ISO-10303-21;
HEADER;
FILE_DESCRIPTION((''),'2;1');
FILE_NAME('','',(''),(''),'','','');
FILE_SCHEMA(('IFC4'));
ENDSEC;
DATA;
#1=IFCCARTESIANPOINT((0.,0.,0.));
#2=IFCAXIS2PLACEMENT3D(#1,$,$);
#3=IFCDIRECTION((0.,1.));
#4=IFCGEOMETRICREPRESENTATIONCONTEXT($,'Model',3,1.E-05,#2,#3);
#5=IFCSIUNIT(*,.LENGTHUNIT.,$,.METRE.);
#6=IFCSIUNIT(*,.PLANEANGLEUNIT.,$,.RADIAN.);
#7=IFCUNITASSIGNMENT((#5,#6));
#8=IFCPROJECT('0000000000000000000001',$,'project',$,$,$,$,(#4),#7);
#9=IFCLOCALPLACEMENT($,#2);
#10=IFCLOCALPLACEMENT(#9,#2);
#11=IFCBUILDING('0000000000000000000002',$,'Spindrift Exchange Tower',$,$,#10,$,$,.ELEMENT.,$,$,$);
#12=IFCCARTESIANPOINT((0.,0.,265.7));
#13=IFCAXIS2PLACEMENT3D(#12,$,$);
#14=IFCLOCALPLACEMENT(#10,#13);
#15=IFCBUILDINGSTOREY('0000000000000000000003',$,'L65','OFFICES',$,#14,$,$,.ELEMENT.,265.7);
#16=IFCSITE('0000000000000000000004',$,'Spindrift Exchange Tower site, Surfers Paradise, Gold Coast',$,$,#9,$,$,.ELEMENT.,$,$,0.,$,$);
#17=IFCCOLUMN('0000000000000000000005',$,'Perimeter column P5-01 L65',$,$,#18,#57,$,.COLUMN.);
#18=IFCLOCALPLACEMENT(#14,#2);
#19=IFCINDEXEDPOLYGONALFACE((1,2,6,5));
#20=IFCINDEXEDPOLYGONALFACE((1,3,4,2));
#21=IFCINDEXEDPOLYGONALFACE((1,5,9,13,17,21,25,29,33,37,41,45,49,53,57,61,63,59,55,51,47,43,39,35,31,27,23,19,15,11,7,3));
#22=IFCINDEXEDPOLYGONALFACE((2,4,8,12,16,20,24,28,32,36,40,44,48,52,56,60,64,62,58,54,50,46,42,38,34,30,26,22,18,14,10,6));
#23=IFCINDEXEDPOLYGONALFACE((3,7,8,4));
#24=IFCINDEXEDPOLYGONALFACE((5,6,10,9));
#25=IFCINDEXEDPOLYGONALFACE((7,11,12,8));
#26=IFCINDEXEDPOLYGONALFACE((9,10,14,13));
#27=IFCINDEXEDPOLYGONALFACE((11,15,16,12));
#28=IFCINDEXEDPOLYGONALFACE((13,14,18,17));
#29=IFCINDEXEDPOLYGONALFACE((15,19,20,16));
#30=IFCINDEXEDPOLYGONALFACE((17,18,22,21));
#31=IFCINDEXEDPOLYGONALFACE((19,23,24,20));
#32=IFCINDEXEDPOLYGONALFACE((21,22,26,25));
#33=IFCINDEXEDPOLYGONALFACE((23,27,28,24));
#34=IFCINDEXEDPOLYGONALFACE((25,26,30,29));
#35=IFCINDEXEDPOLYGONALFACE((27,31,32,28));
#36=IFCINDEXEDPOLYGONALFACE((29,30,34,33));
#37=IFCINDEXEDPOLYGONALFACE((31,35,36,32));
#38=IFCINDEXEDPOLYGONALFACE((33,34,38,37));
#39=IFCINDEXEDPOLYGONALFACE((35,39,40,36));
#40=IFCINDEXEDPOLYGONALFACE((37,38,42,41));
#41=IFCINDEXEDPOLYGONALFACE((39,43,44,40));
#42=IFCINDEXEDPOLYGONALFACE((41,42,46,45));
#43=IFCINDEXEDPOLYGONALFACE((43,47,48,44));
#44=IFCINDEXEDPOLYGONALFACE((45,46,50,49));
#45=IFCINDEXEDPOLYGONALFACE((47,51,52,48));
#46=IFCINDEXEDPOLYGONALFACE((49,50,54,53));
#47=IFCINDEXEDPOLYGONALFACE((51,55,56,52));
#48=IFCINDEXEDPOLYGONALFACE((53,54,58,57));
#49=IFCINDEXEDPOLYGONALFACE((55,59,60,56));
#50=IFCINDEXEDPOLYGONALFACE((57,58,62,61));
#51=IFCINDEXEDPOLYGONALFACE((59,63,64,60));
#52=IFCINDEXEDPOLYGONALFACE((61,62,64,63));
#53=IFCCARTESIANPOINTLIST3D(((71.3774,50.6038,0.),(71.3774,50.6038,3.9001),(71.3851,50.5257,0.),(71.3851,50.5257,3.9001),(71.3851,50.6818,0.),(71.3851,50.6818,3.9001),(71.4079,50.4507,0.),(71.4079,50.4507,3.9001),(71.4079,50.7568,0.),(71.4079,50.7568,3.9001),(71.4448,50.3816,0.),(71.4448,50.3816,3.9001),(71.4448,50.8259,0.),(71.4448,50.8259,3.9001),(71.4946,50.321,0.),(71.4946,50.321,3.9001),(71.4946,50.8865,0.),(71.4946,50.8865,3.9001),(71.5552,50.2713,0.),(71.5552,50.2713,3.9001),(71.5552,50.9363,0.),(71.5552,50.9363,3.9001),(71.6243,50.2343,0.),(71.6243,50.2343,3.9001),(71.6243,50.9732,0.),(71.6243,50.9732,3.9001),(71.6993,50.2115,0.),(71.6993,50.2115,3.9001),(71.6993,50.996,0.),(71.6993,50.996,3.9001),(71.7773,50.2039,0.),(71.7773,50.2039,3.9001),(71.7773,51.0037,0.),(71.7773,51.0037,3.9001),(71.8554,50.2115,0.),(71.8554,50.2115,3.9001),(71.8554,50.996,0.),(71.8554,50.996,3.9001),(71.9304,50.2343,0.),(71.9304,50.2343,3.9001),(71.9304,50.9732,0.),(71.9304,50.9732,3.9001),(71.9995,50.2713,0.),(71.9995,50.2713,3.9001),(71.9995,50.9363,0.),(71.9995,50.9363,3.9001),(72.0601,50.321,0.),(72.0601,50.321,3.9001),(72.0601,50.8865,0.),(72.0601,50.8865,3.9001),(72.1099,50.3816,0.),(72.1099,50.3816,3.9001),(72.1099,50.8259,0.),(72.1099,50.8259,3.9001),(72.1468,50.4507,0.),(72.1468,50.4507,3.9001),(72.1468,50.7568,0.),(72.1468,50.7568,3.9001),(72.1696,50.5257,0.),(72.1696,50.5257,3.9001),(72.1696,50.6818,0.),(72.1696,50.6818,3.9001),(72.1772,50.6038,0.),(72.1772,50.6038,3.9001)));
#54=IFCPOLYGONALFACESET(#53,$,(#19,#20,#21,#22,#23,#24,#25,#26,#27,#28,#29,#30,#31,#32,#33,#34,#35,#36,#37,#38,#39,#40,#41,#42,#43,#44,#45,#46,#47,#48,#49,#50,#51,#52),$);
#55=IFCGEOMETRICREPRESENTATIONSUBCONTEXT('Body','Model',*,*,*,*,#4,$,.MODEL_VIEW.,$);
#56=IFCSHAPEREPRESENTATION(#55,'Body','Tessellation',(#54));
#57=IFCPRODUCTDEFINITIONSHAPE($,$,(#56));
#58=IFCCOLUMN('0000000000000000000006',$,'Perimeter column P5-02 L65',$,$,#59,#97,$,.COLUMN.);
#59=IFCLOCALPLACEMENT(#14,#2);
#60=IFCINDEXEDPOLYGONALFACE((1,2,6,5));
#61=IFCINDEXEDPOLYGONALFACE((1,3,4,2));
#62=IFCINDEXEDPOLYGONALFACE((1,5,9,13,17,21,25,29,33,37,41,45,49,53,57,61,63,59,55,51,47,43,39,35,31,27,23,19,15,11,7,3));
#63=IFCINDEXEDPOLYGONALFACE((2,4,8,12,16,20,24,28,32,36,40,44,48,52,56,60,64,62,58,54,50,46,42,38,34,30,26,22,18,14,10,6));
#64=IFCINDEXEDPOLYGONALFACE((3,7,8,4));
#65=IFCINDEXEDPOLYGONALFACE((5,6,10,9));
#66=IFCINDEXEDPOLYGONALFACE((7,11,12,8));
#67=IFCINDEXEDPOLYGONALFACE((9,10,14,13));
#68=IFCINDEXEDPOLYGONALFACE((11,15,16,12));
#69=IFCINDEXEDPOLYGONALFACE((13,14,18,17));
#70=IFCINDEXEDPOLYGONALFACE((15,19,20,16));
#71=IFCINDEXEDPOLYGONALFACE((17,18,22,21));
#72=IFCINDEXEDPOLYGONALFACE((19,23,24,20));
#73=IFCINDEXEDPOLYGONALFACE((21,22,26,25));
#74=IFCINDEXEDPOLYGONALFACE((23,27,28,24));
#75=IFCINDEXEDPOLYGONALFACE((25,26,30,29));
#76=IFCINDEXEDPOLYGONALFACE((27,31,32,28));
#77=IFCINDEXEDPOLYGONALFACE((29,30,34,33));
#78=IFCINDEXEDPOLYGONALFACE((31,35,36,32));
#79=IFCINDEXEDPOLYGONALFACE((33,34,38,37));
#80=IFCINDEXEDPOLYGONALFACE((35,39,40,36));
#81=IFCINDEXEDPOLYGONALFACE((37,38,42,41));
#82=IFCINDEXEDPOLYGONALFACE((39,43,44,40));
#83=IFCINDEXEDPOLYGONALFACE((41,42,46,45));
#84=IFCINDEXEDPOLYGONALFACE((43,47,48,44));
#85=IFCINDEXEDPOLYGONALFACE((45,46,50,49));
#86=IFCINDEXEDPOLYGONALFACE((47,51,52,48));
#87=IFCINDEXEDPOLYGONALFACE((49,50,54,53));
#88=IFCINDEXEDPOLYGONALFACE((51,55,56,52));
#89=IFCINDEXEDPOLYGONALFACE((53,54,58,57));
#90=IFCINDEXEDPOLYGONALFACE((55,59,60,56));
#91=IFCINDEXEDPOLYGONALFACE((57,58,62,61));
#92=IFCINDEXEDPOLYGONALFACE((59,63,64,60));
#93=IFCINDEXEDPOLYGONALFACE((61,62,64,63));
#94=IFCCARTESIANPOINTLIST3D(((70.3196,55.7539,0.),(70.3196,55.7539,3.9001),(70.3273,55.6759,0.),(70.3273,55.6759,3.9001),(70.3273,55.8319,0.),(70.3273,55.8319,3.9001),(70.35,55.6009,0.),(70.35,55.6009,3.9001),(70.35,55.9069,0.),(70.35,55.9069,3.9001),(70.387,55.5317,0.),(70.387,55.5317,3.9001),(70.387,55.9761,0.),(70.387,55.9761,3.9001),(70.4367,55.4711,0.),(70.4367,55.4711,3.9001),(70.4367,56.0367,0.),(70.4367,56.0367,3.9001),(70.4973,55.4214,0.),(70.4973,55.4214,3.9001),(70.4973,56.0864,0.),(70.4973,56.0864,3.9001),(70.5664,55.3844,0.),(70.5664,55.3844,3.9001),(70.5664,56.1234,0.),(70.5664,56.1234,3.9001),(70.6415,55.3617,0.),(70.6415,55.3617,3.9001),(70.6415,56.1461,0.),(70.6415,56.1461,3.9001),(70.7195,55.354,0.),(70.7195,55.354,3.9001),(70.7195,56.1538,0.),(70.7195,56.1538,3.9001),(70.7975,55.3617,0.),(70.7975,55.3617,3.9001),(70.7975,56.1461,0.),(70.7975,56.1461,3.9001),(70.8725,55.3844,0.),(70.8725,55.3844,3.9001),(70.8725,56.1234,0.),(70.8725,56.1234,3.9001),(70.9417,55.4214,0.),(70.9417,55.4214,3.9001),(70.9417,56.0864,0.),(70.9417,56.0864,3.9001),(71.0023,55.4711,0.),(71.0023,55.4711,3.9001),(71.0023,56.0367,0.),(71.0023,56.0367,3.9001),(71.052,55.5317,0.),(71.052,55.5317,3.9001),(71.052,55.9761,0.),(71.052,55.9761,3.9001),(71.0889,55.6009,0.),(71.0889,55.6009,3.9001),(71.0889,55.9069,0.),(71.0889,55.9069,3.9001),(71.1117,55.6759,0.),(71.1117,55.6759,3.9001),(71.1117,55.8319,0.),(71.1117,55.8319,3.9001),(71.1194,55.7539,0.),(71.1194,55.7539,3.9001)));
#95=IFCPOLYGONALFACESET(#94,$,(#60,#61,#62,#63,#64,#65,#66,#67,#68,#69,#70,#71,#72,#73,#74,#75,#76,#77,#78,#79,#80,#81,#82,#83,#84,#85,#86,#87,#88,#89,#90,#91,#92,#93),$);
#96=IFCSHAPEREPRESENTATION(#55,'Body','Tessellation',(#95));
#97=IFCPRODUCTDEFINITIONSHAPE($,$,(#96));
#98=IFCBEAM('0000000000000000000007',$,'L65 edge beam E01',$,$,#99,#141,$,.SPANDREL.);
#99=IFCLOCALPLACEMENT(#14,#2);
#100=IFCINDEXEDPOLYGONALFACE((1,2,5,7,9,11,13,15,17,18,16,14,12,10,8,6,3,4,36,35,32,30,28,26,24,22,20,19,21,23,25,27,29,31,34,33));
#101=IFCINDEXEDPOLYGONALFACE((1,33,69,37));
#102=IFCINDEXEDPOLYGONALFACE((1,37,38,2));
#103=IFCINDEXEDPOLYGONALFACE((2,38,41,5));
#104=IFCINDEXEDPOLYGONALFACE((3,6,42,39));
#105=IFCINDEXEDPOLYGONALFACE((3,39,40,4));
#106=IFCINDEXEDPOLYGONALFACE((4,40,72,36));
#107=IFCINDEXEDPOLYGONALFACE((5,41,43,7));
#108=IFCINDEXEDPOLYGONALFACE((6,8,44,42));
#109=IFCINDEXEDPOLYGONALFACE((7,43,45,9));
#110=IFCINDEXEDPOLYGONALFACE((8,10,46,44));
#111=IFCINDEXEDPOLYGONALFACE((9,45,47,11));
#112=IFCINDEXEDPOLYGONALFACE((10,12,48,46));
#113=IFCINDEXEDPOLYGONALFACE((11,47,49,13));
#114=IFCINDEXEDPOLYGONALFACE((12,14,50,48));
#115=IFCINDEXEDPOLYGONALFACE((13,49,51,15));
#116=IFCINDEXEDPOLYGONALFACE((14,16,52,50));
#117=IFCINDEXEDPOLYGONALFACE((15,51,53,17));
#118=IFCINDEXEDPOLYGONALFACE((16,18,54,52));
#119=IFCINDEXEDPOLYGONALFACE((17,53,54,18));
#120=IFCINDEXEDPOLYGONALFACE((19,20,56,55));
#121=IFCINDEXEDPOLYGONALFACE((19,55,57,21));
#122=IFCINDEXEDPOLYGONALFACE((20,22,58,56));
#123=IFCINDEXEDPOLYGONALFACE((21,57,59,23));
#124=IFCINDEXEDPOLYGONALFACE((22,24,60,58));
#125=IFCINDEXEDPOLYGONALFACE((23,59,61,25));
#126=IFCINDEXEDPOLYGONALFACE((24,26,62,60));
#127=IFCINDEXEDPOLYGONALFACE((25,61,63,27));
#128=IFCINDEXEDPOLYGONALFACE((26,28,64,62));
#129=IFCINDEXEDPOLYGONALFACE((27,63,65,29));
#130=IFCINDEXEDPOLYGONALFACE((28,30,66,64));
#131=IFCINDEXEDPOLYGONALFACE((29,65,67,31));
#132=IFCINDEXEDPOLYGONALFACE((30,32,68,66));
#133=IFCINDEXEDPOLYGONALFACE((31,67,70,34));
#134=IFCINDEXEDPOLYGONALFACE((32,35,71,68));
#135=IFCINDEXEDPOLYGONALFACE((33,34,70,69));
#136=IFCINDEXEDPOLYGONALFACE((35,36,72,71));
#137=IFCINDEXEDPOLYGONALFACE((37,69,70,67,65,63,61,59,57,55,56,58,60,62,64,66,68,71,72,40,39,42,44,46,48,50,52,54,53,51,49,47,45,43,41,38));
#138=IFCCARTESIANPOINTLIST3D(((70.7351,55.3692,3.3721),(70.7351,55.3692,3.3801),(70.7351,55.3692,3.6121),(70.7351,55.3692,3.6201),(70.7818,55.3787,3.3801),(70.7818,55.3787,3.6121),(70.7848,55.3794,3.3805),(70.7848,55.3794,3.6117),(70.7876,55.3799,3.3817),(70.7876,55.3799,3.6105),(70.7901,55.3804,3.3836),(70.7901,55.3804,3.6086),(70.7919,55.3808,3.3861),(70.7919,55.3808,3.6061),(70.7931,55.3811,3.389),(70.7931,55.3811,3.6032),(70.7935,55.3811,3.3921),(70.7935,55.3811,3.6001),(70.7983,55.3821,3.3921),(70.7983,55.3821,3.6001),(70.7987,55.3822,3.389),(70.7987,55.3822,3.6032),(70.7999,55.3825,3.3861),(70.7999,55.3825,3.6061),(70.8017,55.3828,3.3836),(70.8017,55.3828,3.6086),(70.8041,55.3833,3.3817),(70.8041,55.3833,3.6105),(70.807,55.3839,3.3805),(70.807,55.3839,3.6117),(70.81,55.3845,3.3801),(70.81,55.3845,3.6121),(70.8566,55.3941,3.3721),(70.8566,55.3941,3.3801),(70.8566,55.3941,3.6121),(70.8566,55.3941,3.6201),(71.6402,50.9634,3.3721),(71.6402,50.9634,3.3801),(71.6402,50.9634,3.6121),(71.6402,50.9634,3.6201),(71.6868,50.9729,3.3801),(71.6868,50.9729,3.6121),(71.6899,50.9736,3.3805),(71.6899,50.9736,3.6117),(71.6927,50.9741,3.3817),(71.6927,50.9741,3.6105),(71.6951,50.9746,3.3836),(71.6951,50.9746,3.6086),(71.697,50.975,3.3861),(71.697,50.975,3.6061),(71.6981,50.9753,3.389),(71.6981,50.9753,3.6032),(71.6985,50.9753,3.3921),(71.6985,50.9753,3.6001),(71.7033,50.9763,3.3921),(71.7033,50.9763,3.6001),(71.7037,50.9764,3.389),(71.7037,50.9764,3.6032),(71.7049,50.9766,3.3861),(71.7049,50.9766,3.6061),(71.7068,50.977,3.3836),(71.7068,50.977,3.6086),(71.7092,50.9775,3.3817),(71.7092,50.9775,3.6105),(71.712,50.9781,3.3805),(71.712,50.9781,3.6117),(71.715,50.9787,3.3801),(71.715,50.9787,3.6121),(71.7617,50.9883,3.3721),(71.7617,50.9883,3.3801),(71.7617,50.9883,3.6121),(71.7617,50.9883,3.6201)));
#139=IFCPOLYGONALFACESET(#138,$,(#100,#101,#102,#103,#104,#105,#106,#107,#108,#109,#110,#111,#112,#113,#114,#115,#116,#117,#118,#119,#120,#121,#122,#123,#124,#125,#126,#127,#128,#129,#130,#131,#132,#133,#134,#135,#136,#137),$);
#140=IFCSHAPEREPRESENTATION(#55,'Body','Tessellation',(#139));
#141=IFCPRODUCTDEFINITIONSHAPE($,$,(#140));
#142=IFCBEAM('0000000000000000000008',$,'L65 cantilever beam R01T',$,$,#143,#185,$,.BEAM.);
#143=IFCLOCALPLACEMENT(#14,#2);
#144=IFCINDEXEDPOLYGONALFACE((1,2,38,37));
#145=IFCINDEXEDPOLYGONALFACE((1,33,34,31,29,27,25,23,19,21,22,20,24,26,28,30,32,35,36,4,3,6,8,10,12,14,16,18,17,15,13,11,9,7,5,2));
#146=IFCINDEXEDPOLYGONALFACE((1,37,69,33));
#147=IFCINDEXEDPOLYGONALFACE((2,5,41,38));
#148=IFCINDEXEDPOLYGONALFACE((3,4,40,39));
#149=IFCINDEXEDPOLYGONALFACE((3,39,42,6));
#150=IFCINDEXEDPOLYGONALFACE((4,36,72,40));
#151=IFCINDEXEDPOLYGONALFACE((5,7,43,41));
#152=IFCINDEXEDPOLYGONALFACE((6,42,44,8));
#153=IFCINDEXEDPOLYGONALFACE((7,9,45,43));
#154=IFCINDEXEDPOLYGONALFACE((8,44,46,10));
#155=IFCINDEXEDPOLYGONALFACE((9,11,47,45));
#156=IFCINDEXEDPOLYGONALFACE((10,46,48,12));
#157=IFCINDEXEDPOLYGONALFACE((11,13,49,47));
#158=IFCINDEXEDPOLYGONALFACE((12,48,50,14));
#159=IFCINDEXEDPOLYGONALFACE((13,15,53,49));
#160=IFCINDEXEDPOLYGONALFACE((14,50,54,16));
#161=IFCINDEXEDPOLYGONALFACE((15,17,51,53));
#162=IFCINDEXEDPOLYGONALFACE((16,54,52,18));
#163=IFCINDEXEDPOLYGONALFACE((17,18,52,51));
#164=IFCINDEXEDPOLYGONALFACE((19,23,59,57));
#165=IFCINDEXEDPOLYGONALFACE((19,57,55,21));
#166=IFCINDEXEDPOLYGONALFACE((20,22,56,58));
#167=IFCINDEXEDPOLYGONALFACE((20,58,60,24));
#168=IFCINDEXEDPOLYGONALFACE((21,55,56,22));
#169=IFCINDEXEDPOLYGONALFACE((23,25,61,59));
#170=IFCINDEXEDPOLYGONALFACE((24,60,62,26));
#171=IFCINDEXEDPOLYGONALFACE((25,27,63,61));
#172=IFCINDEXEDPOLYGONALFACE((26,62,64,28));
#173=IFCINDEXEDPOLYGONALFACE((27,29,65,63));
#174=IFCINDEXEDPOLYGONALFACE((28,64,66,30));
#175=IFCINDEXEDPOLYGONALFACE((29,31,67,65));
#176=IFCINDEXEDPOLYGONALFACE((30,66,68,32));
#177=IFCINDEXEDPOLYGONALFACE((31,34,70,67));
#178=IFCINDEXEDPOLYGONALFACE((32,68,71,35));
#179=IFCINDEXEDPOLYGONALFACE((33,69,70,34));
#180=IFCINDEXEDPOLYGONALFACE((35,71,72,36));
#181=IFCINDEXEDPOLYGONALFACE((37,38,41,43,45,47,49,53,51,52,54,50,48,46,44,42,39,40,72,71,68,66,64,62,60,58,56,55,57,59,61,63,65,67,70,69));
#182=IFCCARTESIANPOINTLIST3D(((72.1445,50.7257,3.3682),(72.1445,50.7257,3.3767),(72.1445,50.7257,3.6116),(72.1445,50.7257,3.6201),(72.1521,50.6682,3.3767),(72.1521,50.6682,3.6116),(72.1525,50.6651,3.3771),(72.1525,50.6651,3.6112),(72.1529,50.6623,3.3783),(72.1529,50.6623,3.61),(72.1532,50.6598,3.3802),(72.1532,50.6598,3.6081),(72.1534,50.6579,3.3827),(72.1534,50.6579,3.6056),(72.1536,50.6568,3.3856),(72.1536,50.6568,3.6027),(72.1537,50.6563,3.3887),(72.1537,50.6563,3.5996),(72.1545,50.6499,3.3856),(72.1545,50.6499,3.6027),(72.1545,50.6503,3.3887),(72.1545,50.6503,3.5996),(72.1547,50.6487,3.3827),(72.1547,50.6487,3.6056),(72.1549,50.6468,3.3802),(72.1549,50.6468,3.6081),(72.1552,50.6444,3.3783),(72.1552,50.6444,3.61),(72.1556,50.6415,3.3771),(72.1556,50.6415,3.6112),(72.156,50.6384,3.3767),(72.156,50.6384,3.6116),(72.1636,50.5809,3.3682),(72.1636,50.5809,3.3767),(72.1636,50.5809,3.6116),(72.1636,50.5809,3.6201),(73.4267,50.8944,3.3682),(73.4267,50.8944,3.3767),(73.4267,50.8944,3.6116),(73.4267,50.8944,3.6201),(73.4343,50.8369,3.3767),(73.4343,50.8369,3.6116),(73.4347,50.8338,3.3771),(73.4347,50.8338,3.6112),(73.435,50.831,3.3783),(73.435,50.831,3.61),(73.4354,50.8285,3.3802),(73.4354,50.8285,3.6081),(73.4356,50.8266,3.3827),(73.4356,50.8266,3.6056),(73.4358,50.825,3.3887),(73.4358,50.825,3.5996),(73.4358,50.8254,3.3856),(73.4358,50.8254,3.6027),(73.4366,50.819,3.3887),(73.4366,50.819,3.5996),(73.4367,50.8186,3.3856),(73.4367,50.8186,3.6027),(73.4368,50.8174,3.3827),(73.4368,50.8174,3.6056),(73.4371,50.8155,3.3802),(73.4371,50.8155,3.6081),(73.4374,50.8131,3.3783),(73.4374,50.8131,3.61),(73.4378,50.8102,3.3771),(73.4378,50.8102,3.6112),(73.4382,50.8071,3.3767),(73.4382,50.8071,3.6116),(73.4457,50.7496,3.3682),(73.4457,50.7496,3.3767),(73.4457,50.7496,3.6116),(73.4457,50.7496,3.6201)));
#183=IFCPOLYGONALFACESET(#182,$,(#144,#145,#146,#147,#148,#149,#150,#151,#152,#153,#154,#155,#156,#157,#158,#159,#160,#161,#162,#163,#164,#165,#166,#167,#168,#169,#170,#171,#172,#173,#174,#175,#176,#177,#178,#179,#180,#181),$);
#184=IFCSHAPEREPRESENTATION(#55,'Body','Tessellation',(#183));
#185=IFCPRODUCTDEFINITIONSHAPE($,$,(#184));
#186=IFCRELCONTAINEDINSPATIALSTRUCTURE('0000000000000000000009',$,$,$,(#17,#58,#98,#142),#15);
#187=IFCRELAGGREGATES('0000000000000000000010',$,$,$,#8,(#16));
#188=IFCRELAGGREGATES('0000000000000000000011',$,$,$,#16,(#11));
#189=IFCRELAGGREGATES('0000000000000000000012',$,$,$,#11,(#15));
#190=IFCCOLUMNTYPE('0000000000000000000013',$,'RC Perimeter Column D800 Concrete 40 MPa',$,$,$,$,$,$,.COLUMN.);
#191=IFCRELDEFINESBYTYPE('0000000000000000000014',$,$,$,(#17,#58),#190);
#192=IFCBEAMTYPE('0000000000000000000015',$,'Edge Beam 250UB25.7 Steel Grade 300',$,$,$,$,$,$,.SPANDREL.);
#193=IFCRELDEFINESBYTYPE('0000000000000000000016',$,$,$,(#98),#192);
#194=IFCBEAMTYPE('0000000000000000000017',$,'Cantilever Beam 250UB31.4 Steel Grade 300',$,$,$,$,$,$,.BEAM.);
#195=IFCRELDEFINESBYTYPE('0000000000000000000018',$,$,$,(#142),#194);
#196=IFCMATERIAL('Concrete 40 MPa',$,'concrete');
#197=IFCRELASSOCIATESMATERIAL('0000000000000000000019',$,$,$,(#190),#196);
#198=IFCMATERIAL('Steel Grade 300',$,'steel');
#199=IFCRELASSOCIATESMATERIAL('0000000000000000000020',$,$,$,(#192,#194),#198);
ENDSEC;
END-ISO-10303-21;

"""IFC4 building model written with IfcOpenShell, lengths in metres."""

from ifc_helpers import new_model, si_unit, direction, frame, origin, origin_2d, place, context, subcontext, project, spatial, circle, i_section, extrude, source, transform, mapped, material, material_profile, profile_set, type_object, element, save


model = new_model("IFC4")

# Units and contexts
model_context = context("Model", 3, precision=1e-05, world=origin(), true_north=direction((0.0, 1.0)))
body_context = subcontext(model_context, "Body", "Model", "MODEL_VIEW")
ifc_project = project(units=[si_unit("LENGTHUNIT", "METRE"), si_unit("PLANEANGLEUNIT", "RADIAN")], contexts=[model_context])

# Site, building, storey
site_placement = place(None, origin())
site = spatial("IfcSite", under=ifc_project, at=site_placement, Name="Spindrift Exchange Tower site, Surfers Paradise, Gold Coast", CompositionType="ELEMENT", RefElevation=0.0)
building_placement = place(site_placement, origin())
building = spatial("IfcBuilding", under=site, at=building_placement, Name="Spindrift Exchange Tower", CompositionType="ELEMENT")
storey_placement = place(building_placement, frame((0.0, 0.0, 265.7)))
storey = spatial("IfcBuildingStorey", under=building, at=storey_placement, Name="L65", Description="OFFICES", CompositionType="ELEMENT", Elevation=265.7)

# Columns
ifc_material_1 = material(Name="Concrete 40 MPa", Category="concrete")
ifc_material_profile_1 = material_profile(ifc_material_1, circle(Radius=0.3999, at=origin_2d()), Name="RC D800")
ifc_profile_set_1 = profile_set([ifc_material_profile_1], Name="Concrete 40 MPa")
column_type = type_object("IfcColumnType", Name="RC Perimeter Column D800 Concrete 40 MPa", PredefinedType="COLUMN", material=ifc_profile_set_1)
shared_shape_1 = source(origin(), body_context, "Body", "SweptSolid", [
    extrude(circle(Radius=0.3999, at=origin_2d()), origin(), (0.0, 0.0, 1.0), 3.9001),
])
for number, where, z_axis, x_axis, name in (
    (1, (71.7773, 50.6038, 0.0), (0.0, 0.0, 1.0), (1.0, 0.0, 0.0), "Perimeter column P5-01 L65"),
    (2, (70.7195, 55.7539, 0.0), (0.0, 0.0, 1.0), (1.0, 0.0, 0.0), "Perimeter column P5-02 L65"),
):
    element("IfcColumn", number, at=place(storey_placement, frame(where, z_axis=z_axis, x_axis=x_axis)), inside=storey, type_object=column_type, Name=name, PredefinedType="COLUMN", context=body_context, shape_type="MappedRepresentation", body=[
        mapped(shared_shape_1, transform((0.0, 0.0, 0.0), scale=1.0)),
    ])

# Beams
ifc_material_2 = material(Name="Steel Grade 300", Category="steel")
ifc_material_profile_2 = material_profile(ifc_material_2, i_section(OverallWidth=0.124, OverallDepth=0.248, WebThickness=0.0049, FlangeThickness=0.0081, FilletRadius=0.012, at=origin_2d()), Name="250UB25.7")
ifc_profile_set_2 = profile_set([ifc_material_profile_2], Name="Steel Grade 300")
beam_type_1 = type_object("IfcBeamType", Name="Edge Beam 250UB25.7 Steel Grade 300", PredefinedType="SPANDREL", material=ifc_profile_set_2)
shared_shape_2 = source(origin(), body_context, "Body", "SweptSolid", [
    extrude(i_section(OverallWidth=0.124, OverallDepth=0.248, WebThickness=0.0049, FlangeThickness=0.0081, FilletRadius=0.012, at=origin_2d()), origin(), (0.0, 0.0, 1.0), 4.4978),
])
beam_1_placement = place(storey_placement, frame((71.7009, 50.9758, 3.4961), z_axis=(-0.201218, 0.979546, 0.0), x_axis=(-0.979546, -0.201218, 0.0)))
element("IfcBeam", 3, at=beam_1_placement, inside=storey, type_object=beam_type_1, Name="L65 edge beam E01", PredefinedType="SPANDREL", context=body_context, shape_type="MappedRepresentation", body=[
    mapped(shared_shape_2, transform((0.0, 0.0, 0.0), scale=1.0)),
])
ifc_material_profile_3 = material_profile(ifc_material_2, i_section(OverallWidth=0.146, OverallDepth=0.252, WebThickness=0.0061, FlangeThickness=0.0085, FilletRadius=0.012, at=origin_2d()), Name="250UB31.4")
ifc_profile_set_3 = profile_set([ifc_material_profile_3], Name="Steel Grade 300")
beam_type_2 = type_object("IfcBeamType", Name="Cantilever Beam 250UB31.4 Steel Grade 300", PredefinedType="BEAM", material=ifc_profile_set_3)
shared_shape_3 = source(origin(), body_context, "Body", "SweptSolid", [
    extrude(i_section(OverallWidth=0.146, OverallDepth=0.252, WebThickness=0.0061, FlangeThickness=0.0085, FilletRadius=0.012, at=origin_2d()), origin(), (0.0, 0.0, 1.0), 1.2932),
])
beam_2_placement = place(storey_placement, frame((72.1541, 50.6533, 3.4941), z_axis=(0.991456, 0.130445, 0.0), x_axis=(-0.130445, 0.991456, 0.0)))
element("IfcBeam", 4, at=beam_2_placement, inside=storey, type_object=beam_type_2, Name="L65 cantilever beam R01T", PredefinedType="BEAM", context=body_context, shape_type="MappedRepresentation", body=[
    mapped(shared_shape_3, transform((0.0, 0.0, 0.0), scale=1.0)),
])

save(model, "model.ifc")
